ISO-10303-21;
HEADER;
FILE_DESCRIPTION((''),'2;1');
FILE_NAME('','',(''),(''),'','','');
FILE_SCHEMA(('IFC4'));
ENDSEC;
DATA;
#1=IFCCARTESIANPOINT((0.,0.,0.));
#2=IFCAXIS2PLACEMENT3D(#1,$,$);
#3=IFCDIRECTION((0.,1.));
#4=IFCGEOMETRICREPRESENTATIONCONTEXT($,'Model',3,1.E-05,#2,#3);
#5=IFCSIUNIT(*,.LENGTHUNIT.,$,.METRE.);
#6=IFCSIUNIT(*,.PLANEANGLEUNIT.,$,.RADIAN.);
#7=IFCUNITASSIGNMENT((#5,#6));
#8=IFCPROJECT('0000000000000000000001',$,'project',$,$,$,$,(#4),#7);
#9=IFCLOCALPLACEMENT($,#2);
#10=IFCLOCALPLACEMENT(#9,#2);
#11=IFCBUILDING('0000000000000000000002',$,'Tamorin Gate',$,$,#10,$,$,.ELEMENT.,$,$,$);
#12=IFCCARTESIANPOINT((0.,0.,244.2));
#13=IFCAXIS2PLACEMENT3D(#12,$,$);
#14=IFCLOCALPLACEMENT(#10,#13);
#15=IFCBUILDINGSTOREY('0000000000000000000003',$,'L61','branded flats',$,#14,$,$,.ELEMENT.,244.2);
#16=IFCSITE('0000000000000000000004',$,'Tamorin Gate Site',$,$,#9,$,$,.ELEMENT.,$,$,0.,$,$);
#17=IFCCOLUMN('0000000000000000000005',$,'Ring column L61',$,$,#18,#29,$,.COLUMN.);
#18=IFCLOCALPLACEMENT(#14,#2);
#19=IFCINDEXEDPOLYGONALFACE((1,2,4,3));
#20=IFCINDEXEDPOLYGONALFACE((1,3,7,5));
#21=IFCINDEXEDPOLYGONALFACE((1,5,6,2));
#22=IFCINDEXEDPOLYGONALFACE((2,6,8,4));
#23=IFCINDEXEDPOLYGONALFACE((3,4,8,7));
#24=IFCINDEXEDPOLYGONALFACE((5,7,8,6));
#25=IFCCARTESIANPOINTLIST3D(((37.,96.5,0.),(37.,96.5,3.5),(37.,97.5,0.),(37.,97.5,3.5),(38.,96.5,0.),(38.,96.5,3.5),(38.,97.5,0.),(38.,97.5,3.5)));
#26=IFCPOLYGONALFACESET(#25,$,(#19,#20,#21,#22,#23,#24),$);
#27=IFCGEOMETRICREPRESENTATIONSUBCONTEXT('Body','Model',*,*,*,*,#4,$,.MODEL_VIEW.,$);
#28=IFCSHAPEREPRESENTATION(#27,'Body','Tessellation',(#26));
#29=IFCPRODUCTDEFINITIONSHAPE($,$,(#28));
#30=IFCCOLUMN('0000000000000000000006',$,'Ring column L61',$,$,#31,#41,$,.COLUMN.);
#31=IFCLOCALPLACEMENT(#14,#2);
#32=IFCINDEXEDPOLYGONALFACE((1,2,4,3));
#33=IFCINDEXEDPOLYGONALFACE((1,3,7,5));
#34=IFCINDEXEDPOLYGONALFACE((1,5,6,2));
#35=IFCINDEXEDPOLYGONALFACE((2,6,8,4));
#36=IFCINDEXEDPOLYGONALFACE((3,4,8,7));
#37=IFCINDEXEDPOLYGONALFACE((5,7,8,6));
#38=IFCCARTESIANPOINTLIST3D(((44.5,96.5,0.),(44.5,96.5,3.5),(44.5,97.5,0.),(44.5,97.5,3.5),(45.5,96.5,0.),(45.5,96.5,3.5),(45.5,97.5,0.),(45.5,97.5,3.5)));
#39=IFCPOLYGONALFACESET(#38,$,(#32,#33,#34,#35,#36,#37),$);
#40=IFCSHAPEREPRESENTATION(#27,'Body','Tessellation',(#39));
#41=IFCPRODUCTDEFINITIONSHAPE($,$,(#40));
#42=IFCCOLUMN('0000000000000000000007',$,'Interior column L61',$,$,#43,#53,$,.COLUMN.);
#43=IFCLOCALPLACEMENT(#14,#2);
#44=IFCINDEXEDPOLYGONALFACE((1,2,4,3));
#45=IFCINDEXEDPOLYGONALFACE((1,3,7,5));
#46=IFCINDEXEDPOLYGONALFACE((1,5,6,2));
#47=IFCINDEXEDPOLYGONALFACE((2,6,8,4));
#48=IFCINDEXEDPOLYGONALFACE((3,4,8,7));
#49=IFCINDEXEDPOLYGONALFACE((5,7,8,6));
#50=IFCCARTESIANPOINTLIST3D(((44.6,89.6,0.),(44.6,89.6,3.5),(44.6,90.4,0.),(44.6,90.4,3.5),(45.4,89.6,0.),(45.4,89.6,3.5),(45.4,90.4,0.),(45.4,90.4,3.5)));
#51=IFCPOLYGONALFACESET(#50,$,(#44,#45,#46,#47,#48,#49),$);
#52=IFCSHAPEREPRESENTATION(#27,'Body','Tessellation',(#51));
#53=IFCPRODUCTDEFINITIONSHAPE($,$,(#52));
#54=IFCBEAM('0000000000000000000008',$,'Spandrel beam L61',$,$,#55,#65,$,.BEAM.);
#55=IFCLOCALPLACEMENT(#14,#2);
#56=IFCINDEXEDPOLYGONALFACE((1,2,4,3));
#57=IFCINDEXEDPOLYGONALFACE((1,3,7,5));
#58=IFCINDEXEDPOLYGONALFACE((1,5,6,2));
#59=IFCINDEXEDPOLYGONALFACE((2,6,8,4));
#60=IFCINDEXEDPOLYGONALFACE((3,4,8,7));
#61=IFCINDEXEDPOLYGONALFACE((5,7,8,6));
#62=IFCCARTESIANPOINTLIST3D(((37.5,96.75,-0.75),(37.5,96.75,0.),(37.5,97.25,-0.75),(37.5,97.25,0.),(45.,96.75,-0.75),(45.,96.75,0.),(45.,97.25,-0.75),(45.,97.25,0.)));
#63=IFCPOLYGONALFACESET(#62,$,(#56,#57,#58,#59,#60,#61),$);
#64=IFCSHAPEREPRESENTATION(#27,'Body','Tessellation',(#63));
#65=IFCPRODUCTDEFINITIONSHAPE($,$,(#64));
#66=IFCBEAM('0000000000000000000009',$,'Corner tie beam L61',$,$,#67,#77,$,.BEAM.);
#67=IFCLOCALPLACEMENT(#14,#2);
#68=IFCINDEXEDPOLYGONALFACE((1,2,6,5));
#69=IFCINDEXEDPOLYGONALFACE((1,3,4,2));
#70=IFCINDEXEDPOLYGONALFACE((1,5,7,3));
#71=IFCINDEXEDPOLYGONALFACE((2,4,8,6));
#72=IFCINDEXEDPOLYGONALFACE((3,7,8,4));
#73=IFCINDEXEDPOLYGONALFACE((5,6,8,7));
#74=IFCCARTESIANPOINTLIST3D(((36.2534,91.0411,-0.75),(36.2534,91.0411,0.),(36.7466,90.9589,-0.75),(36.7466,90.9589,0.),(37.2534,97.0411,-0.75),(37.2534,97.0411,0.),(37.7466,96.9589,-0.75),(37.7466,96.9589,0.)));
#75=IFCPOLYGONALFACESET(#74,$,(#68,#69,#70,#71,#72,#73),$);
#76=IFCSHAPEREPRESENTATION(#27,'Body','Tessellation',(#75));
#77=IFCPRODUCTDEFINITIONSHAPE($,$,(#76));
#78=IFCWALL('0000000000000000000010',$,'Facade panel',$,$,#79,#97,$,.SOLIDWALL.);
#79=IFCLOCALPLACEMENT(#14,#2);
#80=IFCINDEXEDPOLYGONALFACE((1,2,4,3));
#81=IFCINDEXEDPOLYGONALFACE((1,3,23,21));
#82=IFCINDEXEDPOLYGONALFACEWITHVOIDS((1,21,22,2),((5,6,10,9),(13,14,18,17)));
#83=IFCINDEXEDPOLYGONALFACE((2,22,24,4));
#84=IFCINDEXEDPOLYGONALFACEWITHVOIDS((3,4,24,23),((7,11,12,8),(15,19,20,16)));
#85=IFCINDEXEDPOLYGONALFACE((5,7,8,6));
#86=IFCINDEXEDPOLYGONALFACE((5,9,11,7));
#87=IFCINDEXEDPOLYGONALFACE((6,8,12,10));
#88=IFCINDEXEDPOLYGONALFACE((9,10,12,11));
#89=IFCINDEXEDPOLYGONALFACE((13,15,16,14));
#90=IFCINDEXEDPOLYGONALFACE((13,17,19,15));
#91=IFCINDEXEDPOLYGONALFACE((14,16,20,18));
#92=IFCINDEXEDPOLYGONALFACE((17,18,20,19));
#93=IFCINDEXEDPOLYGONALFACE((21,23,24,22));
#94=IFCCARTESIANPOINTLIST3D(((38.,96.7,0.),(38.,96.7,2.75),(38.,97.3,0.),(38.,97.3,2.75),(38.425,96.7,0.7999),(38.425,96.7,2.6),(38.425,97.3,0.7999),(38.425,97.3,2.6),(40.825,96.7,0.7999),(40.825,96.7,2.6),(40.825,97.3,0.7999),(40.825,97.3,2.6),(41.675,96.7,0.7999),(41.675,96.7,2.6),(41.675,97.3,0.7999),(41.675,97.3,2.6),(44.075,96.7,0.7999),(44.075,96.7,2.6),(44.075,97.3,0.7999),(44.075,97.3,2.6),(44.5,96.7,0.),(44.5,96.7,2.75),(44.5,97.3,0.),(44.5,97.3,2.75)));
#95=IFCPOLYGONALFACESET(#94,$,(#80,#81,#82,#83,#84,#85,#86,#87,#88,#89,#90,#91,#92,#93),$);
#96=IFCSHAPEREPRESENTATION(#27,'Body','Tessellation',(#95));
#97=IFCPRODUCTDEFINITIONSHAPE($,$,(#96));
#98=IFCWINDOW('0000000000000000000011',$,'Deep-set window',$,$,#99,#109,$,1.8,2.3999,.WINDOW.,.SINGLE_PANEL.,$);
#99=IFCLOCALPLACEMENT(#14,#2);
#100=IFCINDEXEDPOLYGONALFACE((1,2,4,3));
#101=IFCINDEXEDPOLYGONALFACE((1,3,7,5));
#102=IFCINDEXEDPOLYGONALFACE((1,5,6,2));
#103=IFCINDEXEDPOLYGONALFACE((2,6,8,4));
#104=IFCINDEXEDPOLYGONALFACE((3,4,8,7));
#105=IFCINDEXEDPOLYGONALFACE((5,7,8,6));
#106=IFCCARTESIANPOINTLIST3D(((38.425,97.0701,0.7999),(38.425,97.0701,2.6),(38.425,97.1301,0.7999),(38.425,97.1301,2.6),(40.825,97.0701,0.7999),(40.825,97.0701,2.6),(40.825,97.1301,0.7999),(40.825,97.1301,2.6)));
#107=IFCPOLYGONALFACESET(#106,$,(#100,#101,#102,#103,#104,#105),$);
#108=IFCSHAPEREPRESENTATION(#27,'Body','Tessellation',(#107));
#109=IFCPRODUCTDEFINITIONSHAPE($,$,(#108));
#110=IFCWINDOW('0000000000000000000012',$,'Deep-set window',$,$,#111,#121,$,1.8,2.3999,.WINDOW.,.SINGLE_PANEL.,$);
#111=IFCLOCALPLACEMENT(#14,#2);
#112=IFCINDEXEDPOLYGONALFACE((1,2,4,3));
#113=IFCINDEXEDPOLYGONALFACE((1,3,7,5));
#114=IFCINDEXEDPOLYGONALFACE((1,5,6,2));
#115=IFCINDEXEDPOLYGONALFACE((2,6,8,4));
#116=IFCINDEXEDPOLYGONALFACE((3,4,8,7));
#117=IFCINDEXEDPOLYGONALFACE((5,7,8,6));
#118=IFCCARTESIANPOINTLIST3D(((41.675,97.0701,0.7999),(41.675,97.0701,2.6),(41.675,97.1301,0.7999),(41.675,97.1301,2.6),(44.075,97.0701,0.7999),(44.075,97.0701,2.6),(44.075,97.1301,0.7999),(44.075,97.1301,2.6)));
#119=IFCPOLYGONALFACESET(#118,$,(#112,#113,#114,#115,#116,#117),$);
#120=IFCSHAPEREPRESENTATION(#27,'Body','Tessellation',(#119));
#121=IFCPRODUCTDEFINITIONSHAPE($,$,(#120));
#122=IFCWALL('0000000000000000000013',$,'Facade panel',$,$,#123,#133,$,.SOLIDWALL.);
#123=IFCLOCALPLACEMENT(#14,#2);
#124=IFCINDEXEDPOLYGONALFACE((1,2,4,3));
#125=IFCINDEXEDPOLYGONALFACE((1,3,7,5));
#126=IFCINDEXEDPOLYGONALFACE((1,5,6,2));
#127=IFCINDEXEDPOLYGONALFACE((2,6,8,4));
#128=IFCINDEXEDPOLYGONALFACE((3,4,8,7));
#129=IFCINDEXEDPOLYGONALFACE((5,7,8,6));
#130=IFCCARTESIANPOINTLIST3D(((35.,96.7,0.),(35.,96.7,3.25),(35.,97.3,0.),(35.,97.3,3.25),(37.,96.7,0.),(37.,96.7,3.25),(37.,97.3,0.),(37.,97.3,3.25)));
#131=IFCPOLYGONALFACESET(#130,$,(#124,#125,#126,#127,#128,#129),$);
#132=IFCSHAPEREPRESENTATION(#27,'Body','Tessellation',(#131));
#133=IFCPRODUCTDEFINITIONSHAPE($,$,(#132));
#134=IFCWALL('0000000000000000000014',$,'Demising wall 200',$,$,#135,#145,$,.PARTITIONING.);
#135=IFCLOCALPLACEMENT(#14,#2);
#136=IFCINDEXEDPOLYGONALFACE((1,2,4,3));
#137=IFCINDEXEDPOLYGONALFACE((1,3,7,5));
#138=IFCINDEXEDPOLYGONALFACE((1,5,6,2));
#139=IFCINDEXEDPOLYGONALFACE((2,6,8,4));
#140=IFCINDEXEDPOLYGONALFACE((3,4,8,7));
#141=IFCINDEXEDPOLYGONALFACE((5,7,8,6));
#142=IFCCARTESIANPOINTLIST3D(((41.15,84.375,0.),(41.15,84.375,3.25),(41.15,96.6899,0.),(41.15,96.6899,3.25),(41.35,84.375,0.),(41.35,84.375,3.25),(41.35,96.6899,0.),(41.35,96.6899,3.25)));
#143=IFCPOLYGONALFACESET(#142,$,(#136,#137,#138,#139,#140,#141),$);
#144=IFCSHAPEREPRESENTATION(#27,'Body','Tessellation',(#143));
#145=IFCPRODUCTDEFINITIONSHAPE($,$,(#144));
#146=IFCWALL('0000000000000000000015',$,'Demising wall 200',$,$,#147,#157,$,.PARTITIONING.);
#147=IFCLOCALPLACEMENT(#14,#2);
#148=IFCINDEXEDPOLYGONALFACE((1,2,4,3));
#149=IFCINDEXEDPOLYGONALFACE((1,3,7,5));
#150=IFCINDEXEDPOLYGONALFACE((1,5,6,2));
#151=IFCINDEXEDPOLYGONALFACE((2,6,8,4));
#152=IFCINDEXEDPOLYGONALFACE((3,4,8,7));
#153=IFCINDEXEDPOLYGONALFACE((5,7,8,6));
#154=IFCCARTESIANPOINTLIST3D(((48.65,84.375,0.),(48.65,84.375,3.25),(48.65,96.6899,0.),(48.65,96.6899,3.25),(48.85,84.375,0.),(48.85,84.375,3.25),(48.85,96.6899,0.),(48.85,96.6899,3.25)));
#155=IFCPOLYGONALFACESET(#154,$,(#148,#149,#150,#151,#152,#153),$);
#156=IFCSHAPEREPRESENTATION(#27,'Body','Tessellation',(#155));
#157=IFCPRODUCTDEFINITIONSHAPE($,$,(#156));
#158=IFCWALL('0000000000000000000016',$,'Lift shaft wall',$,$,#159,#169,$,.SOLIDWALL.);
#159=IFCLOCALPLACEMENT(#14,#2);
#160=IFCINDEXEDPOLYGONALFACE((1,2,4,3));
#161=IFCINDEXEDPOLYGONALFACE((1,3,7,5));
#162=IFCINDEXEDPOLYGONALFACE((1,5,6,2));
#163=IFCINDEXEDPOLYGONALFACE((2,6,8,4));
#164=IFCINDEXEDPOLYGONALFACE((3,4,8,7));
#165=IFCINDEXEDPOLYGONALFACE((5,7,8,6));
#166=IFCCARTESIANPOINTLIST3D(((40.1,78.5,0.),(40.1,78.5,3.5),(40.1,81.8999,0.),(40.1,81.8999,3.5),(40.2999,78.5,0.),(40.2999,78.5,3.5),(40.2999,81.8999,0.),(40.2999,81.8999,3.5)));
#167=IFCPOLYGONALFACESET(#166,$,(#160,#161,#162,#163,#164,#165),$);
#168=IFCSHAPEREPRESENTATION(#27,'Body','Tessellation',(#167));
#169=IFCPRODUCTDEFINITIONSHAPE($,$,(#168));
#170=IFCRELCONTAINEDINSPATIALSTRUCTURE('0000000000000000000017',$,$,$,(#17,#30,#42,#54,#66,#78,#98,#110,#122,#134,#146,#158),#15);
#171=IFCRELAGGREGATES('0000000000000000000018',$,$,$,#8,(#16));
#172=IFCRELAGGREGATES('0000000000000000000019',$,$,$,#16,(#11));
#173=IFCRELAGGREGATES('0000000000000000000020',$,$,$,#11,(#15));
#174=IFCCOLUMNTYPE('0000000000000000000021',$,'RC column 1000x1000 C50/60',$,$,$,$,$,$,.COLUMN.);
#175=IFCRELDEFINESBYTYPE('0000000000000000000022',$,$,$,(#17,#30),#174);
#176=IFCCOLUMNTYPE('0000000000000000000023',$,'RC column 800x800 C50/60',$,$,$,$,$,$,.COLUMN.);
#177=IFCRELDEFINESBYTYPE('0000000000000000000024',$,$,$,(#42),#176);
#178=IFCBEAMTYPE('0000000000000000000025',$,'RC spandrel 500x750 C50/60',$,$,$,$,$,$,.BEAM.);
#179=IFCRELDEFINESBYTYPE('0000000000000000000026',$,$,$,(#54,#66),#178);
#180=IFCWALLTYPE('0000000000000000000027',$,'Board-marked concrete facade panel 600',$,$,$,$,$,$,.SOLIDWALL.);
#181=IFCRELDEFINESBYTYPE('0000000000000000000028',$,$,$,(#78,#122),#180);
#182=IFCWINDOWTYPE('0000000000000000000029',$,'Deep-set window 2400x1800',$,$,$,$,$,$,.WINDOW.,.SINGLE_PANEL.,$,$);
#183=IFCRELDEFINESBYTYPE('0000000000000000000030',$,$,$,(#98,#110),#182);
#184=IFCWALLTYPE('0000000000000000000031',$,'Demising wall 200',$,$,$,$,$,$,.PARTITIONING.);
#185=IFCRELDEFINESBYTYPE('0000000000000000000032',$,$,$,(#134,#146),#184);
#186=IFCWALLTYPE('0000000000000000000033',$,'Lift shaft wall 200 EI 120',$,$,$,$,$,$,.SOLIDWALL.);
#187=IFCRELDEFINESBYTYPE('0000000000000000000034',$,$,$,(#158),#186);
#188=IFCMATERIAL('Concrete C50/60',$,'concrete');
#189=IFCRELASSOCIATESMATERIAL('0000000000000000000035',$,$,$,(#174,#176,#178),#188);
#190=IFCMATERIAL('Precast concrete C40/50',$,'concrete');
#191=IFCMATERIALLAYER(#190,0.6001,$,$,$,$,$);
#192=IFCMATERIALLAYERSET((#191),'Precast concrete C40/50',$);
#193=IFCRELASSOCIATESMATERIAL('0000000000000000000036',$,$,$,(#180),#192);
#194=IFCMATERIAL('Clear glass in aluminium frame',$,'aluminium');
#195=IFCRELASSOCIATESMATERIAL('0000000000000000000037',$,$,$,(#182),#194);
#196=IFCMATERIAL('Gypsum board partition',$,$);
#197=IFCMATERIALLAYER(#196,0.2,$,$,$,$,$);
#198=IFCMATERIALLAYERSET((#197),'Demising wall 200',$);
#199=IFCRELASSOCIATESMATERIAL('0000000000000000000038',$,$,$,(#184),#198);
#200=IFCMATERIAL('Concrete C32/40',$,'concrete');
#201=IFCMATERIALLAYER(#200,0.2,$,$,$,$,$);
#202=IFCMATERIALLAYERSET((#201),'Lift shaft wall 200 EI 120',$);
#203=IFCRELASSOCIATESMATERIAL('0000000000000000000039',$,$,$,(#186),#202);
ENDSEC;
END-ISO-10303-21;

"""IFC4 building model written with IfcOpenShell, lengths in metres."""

from ifc_helpers import new_model, si_unit, direction, frame, frame_2d, origin, origin_2d, place, context, subcontext, project, spatial, rectangle, extrude, material, layer, layer_set, material_profile, profile_set, type_object, element, fill, save


model = new_model("IFC4")

# Units and contexts
model_context = context("Model", 3, precision=1e-05, world=origin(), true_north=direction((0.0, 1.0)))
body_context = subcontext(model_context, "Body", "Model", "MODEL_VIEW")
ifc_project = project(units=[si_unit("LENGTHUNIT", "METRE"), si_unit("PLANEANGLEUNIT", "RADIAN")], contexts=[model_context])

# Site, building, storey
site_placement = place(None, origin())
site = spatial("IfcSite", under=ifc_project, at=site_placement, Name="Tamorin Gate Site", CompositionType="ELEMENT", RefElevation=0.0)
building_placement = place(site_placement, origin())
building = spatial("IfcBuilding", under=site, at=building_placement, Name="Tamorin Gate", CompositionType="ELEMENT")
storey_placement = place(building_placement, frame((0.0, 0.0, 244.2)))
storey = spatial("IfcBuildingStorey", under=building, at=storey_placement, Name="L61", Description="branded flats", CompositionType="ELEMENT", Elevation=244.2)

# Columns
ifc_material_1 = material(Name="Concrete C50/60", Category="concrete")
ifc_material_profile_1 = material_profile(ifc_material_1, rectangle(XDim=1.0, YDim=1.0, at=origin_2d()), Name="RC 1000x1000")
ifc_profile_set_1 = profile_set([ifc_material_profile_1], Name="Concrete C50/60")
column_type_1 = type_object("IfcColumnType", Name="RC column 1000x1000 C50/60", PredefinedType="COLUMN", material=ifc_profile_set_1)
for number, where, z_axis, x_axis, name in (
    (1, (37.5, 97.0, 0.0), (0.0, 0.0, 1.0), (1.0, 0.0, 0.0), "Ring column L61"),
    (2, (45.0, 97.0, 0.0), (0.0, 0.0, 1.0), (1.0, 0.0, 0.0), "Ring column L61"),
):
    element("IfcColumn", number, at=place(storey_placement, frame(where, z_axis=z_axis, x_axis=x_axis)), inside=storey, type_object=column_type_1, Name=name, PredefinedType="COLUMN", context=body_context, shape_type="SweptSolid", body=[
        extrude(rectangle(XDim=1.0, YDim=1.0, at=origin_2d()), origin(), (0.0, 0.0, 1.0), 3.5),
    ])
ifc_material_profile_2 = material_profile(ifc_material_1, rectangle(XDim=0.8, YDim=0.8, at=origin_2d()), Name="RC 800x800")
ifc_profile_set_2 = profile_set([ifc_material_profile_2], Name="Concrete C50/60")
column_type_2 = type_object("IfcColumnType", Name="RC column 800x800 C50/60", PredefinedType="COLUMN", material=ifc_profile_set_2)
column_placement = place(storey_placement, frame((45.0, 90.0, 0.0), z_axis=(0.0, 0.0, 1.0), x_axis=(1.0, 0.0, 0.0)))
element("IfcColumn", 3, at=column_placement, inside=storey, type_object=column_type_2, Name="Interior column L61", PredefinedType="COLUMN", context=body_context, shape_type="SweptSolid", body=[
    extrude(rectangle(XDim=0.8, YDim=0.8, at=origin_2d()), origin(), (0.0, 0.0, 1.0), 3.5),
])

# Beams
ifc_material_profile_3 = material_profile(ifc_material_1, rectangle(XDim=0.5, YDim=0.75, at=origin_2d()), Name="RC 500x750")
ifc_profile_set_3 = profile_set([ifc_material_profile_3], Name="Concrete C50/60")
beam_type = type_object("IfcBeamType", Name="RC spandrel 500x750 C50/60", PredefinedType="BEAM", material=ifc_profile_set_3)
beam_1_placement = place(storey_placement, frame((45.0, 97.0, -0.375), z_axis=(-1.0, 0.0, 0.0), x_axis=(0.0, -1.0, 0.0)))
element("IfcBeam", 4, at=beam_1_placement, inside=storey, type_object=beam_type, Name="Spandrel beam L61", PredefinedType="BEAM", context=body_context, shape_type="SweptSolid", body=[
    extrude(rectangle(XDim=0.5, YDim=0.75, at=origin_2d()), origin(), (0.0, 0.0, 1.0), 7.5),
])
beam_2_placement = place(storey_placement, frame((36.5, 91.0, -0.375), z_axis=(0.164399, 0.986394, 0.0), x_axis=(-0.986394, 0.164399, 0.0)))
element("IfcBeam", 5, at=beam_2_placement, inside=storey, type_object=beam_type, Name="Corner tie beam L61", PredefinedType="BEAM", context=body_context, shape_type="SweptSolid", body=[
    extrude(rectangle(XDim=0.5, YDim=0.75, at=origin_2d()), origin(), (0.0, 0.0, 1.0), 6.0828),
])

# Wall, openings, windows
ifc_material_2 = material(Name="Precast concrete C40/50", Category="concrete")
ifc_layer_1 = layer(ifc_material_2, 0.6001)
ifc_layer_set_1 = layer_set([ifc_layer_1], Name="Precast concrete C40/50")
wall_type_1 = type_object("IfcWallType", Name="Board-marked concrete facade panel 600", PredefinedType="SOLIDWALL", material=ifc_layer_set_1)
wall_1_placement = place(storey_placement, frame((44.5, 97.0, 0.0), z_axis=(0.0, 0.0, 1.0), x_axis=(-1.0, 0.0, 0.0)))
wall_1 = element("IfcWall", 6, at=wall_1_placement, inside=storey, type_object=wall_type_1, Name="Facade panel", PredefinedType="SOLIDWALL", context=body_context, shape_type="SweptSolid", body=[
    extrude(rectangle(XDim=6.5, YDim=0.6001, at=frame_2d((3.25, 0.0))), origin(), (0.0, 0.0, 1.0), 2.75),
])
opening_1_placement = place(wall_1_placement, frame((3.675, 0.0, 0.8)))
opening_1 = element("IfcOpeningElement", 7, at=opening_1_placement, cuts=wall_1, PredefinedType="OPENING", context=body_context, shape_type="SweptSolid", body=[
    extrude(rectangle(XDim=2.3999, YDim=1.8, at=frame_2d((1.2, 0.8999))), frame((0.0, 0.3101, 0.0), z_axis=(0.0, -1.0, 0.0), x_axis=(1.0, 0.0, 0.0)), (0.0, 0.0, 1.0), 0.6201),
])
opening_2_placement = place(wall_1_placement, frame((0.425, 0.0, 0.8)))
opening_2 = element("IfcOpeningElement", 8, at=opening_2_placement, cuts=wall_1, PredefinedType="OPENING", context=body_context, shape_type="SweptSolid", body=[
    extrude(rectangle(XDim=2.3999, YDim=1.8, at=frame_2d((1.2, 0.8999))), frame((0.0, 0.3101, 0.0), z_axis=(0.0, -1.0, 0.0), x_axis=(1.0, 0.0, 0.0)), (0.0, 0.0, 1.0), 0.6201),
])
ifc_material_3 = material(Name="Clear glass in aluminium frame", Category="aluminium")
window_type = type_object("IfcWindowType", Name="Deep-set window 2400x1800", PartitioningType="SINGLE_PANEL", PredefinedType="WINDOW", material=ifc_material_3)
window_1_placement = place(opening_1_placement, origin())
window_1 = element("IfcWindow", 9, at=window_1_placement, inside=storey, type_object=window_type, Name="Deep-set window", OverallHeight=1.8, OverallWidth=2.3999, PartitioningType="SINGLE_PANEL", PredefinedType="WINDOW", context=body_context, shape_type="SweptSolid", body=[
    extrude(rectangle(XDim=2.3999, YDim=1.8, at=frame_2d((1.2, 0.8999))), frame((0.0, -0.0701, 0.0), z_axis=(0.0, -1.0, 0.0), x_axis=(1.0, 0.0, 0.0)), (0.0, 0.0, 1.0), 0.0601),
])
fill(opening_1, window_1)
window_2_placement = place(opening_2_placement, origin())
window_2 = element("IfcWindow", 10, at=window_2_placement, inside=storey, type_object=window_type, Name="Deep-set window", OverallHeight=1.8, OverallWidth=2.3999, PartitioningType="SINGLE_PANEL", PredefinedType="WINDOW", context=body_context, shape_type="SweptSolid", body=[
    extrude(rectangle(XDim=2.3999, YDim=1.8, at=frame_2d((1.2, 0.8999))), frame((0.0, -0.0701, 0.0), z_axis=(0.0, -1.0, 0.0), x_axis=(1.0, 0.0, 0.0)), (0.0, 0.0, 1.0), 0.0601),
])
fill(opening_2, window_2)

# Walls
wall_2_placement = place(storey_placement, frame((37.0, 97.0, 0.0), z_axis=(0.0, 0.0, 1.0), x_axis=(-1.0, 0.0, 0.0)))
element("IfcWall", 11, at=wall_2_placement, inside=storey, type_object=wall_type_1, Name="Facade panel", PredefinedType="SOLIDWALL", context=body_context, shape_type="SweptSolid", body=[
    extrude(rectangle(XDim=2.0, YDim=0.6001, at=frame_2d((1.0, 0.0))), origin(), (0.0, 0.0, 1.0), 3.25),
])
ifc_material_4 = material(Name="Gypsum board partition")
ifc_layer_2 = layer(ifc_material_4, 0.2)
ifc_layer_set_2 = layer_set([ifc_layer_2], Name="Demising wall 200")
wall_type_2 = type_object("IfcWallType", Name="Demising wall 200", PredefinedType="PARTITIONING", material=ifc_layer_set_2)
for number, where, z_axis, x_axis, name in (
    (12, (41.25, 84.375, 0.0), (0.0, 0.0, 1.0), (0.0, 1.0, 0.0), "Demising wall 200"),
    (13, (48.75, 84.375, 0.0), (0.0, 0.0, 1.0), (0.0, 1.0, 0.0), "Demising wall 200"),
):
    element("IfcWall", number, at=place(storey_placement, frame(where, z_axis=z_axis, x_axis=x_axis)), inside=storey, type_object=wall_type_2, Name=name, PredefinedType="PARTITIONING", context=body_context, shape_type="SweptSolid", body=[
        extrude(rectangle(XDim=12.3149, YDim=0.2, at=frame_2d((6.1575, 0.0))), origin(), (0.0, 0.0, 1.0), 3.25),
    ])
ifc_material_5 = material(Name="Concrete C32/40", Category="concrete")
ifc_layer_3 = layer(ifc_material_5, 0.2)
ifc_layer_set_3 = layer_set([ifc_layer_3], Name="Lift shaft wall 200 EI 120")
wall_type_3 = type_object("IfcWallType", Name="Lift shaft wall 200 EI 120", PredefinedType="SOLIDWALL", material=ifc_layer_set_3)
wall_3_placement = place(storey_placement, frame((40.2, 78.5, 0.0), z_axis=(0.0, 0.0, 1.0), x_axis=(0.0, 1.0, 0.0)))
element("IfcWall", 14, at=wall_3_placement, inside=storey, type_object=wall_type_3, Name="Lift shaft wall", PredefinedType="SOLIDWALL", context=body_context, shape_type="SweptSolid", body=[
    extrude(rectangle(XDim=3.3999, YDim=0.2, at=frame_2d((1.7, 0.0))), origin(), (0.0, 0.0, 1.0), 3.5),
])

save(model, "model.ifc")
